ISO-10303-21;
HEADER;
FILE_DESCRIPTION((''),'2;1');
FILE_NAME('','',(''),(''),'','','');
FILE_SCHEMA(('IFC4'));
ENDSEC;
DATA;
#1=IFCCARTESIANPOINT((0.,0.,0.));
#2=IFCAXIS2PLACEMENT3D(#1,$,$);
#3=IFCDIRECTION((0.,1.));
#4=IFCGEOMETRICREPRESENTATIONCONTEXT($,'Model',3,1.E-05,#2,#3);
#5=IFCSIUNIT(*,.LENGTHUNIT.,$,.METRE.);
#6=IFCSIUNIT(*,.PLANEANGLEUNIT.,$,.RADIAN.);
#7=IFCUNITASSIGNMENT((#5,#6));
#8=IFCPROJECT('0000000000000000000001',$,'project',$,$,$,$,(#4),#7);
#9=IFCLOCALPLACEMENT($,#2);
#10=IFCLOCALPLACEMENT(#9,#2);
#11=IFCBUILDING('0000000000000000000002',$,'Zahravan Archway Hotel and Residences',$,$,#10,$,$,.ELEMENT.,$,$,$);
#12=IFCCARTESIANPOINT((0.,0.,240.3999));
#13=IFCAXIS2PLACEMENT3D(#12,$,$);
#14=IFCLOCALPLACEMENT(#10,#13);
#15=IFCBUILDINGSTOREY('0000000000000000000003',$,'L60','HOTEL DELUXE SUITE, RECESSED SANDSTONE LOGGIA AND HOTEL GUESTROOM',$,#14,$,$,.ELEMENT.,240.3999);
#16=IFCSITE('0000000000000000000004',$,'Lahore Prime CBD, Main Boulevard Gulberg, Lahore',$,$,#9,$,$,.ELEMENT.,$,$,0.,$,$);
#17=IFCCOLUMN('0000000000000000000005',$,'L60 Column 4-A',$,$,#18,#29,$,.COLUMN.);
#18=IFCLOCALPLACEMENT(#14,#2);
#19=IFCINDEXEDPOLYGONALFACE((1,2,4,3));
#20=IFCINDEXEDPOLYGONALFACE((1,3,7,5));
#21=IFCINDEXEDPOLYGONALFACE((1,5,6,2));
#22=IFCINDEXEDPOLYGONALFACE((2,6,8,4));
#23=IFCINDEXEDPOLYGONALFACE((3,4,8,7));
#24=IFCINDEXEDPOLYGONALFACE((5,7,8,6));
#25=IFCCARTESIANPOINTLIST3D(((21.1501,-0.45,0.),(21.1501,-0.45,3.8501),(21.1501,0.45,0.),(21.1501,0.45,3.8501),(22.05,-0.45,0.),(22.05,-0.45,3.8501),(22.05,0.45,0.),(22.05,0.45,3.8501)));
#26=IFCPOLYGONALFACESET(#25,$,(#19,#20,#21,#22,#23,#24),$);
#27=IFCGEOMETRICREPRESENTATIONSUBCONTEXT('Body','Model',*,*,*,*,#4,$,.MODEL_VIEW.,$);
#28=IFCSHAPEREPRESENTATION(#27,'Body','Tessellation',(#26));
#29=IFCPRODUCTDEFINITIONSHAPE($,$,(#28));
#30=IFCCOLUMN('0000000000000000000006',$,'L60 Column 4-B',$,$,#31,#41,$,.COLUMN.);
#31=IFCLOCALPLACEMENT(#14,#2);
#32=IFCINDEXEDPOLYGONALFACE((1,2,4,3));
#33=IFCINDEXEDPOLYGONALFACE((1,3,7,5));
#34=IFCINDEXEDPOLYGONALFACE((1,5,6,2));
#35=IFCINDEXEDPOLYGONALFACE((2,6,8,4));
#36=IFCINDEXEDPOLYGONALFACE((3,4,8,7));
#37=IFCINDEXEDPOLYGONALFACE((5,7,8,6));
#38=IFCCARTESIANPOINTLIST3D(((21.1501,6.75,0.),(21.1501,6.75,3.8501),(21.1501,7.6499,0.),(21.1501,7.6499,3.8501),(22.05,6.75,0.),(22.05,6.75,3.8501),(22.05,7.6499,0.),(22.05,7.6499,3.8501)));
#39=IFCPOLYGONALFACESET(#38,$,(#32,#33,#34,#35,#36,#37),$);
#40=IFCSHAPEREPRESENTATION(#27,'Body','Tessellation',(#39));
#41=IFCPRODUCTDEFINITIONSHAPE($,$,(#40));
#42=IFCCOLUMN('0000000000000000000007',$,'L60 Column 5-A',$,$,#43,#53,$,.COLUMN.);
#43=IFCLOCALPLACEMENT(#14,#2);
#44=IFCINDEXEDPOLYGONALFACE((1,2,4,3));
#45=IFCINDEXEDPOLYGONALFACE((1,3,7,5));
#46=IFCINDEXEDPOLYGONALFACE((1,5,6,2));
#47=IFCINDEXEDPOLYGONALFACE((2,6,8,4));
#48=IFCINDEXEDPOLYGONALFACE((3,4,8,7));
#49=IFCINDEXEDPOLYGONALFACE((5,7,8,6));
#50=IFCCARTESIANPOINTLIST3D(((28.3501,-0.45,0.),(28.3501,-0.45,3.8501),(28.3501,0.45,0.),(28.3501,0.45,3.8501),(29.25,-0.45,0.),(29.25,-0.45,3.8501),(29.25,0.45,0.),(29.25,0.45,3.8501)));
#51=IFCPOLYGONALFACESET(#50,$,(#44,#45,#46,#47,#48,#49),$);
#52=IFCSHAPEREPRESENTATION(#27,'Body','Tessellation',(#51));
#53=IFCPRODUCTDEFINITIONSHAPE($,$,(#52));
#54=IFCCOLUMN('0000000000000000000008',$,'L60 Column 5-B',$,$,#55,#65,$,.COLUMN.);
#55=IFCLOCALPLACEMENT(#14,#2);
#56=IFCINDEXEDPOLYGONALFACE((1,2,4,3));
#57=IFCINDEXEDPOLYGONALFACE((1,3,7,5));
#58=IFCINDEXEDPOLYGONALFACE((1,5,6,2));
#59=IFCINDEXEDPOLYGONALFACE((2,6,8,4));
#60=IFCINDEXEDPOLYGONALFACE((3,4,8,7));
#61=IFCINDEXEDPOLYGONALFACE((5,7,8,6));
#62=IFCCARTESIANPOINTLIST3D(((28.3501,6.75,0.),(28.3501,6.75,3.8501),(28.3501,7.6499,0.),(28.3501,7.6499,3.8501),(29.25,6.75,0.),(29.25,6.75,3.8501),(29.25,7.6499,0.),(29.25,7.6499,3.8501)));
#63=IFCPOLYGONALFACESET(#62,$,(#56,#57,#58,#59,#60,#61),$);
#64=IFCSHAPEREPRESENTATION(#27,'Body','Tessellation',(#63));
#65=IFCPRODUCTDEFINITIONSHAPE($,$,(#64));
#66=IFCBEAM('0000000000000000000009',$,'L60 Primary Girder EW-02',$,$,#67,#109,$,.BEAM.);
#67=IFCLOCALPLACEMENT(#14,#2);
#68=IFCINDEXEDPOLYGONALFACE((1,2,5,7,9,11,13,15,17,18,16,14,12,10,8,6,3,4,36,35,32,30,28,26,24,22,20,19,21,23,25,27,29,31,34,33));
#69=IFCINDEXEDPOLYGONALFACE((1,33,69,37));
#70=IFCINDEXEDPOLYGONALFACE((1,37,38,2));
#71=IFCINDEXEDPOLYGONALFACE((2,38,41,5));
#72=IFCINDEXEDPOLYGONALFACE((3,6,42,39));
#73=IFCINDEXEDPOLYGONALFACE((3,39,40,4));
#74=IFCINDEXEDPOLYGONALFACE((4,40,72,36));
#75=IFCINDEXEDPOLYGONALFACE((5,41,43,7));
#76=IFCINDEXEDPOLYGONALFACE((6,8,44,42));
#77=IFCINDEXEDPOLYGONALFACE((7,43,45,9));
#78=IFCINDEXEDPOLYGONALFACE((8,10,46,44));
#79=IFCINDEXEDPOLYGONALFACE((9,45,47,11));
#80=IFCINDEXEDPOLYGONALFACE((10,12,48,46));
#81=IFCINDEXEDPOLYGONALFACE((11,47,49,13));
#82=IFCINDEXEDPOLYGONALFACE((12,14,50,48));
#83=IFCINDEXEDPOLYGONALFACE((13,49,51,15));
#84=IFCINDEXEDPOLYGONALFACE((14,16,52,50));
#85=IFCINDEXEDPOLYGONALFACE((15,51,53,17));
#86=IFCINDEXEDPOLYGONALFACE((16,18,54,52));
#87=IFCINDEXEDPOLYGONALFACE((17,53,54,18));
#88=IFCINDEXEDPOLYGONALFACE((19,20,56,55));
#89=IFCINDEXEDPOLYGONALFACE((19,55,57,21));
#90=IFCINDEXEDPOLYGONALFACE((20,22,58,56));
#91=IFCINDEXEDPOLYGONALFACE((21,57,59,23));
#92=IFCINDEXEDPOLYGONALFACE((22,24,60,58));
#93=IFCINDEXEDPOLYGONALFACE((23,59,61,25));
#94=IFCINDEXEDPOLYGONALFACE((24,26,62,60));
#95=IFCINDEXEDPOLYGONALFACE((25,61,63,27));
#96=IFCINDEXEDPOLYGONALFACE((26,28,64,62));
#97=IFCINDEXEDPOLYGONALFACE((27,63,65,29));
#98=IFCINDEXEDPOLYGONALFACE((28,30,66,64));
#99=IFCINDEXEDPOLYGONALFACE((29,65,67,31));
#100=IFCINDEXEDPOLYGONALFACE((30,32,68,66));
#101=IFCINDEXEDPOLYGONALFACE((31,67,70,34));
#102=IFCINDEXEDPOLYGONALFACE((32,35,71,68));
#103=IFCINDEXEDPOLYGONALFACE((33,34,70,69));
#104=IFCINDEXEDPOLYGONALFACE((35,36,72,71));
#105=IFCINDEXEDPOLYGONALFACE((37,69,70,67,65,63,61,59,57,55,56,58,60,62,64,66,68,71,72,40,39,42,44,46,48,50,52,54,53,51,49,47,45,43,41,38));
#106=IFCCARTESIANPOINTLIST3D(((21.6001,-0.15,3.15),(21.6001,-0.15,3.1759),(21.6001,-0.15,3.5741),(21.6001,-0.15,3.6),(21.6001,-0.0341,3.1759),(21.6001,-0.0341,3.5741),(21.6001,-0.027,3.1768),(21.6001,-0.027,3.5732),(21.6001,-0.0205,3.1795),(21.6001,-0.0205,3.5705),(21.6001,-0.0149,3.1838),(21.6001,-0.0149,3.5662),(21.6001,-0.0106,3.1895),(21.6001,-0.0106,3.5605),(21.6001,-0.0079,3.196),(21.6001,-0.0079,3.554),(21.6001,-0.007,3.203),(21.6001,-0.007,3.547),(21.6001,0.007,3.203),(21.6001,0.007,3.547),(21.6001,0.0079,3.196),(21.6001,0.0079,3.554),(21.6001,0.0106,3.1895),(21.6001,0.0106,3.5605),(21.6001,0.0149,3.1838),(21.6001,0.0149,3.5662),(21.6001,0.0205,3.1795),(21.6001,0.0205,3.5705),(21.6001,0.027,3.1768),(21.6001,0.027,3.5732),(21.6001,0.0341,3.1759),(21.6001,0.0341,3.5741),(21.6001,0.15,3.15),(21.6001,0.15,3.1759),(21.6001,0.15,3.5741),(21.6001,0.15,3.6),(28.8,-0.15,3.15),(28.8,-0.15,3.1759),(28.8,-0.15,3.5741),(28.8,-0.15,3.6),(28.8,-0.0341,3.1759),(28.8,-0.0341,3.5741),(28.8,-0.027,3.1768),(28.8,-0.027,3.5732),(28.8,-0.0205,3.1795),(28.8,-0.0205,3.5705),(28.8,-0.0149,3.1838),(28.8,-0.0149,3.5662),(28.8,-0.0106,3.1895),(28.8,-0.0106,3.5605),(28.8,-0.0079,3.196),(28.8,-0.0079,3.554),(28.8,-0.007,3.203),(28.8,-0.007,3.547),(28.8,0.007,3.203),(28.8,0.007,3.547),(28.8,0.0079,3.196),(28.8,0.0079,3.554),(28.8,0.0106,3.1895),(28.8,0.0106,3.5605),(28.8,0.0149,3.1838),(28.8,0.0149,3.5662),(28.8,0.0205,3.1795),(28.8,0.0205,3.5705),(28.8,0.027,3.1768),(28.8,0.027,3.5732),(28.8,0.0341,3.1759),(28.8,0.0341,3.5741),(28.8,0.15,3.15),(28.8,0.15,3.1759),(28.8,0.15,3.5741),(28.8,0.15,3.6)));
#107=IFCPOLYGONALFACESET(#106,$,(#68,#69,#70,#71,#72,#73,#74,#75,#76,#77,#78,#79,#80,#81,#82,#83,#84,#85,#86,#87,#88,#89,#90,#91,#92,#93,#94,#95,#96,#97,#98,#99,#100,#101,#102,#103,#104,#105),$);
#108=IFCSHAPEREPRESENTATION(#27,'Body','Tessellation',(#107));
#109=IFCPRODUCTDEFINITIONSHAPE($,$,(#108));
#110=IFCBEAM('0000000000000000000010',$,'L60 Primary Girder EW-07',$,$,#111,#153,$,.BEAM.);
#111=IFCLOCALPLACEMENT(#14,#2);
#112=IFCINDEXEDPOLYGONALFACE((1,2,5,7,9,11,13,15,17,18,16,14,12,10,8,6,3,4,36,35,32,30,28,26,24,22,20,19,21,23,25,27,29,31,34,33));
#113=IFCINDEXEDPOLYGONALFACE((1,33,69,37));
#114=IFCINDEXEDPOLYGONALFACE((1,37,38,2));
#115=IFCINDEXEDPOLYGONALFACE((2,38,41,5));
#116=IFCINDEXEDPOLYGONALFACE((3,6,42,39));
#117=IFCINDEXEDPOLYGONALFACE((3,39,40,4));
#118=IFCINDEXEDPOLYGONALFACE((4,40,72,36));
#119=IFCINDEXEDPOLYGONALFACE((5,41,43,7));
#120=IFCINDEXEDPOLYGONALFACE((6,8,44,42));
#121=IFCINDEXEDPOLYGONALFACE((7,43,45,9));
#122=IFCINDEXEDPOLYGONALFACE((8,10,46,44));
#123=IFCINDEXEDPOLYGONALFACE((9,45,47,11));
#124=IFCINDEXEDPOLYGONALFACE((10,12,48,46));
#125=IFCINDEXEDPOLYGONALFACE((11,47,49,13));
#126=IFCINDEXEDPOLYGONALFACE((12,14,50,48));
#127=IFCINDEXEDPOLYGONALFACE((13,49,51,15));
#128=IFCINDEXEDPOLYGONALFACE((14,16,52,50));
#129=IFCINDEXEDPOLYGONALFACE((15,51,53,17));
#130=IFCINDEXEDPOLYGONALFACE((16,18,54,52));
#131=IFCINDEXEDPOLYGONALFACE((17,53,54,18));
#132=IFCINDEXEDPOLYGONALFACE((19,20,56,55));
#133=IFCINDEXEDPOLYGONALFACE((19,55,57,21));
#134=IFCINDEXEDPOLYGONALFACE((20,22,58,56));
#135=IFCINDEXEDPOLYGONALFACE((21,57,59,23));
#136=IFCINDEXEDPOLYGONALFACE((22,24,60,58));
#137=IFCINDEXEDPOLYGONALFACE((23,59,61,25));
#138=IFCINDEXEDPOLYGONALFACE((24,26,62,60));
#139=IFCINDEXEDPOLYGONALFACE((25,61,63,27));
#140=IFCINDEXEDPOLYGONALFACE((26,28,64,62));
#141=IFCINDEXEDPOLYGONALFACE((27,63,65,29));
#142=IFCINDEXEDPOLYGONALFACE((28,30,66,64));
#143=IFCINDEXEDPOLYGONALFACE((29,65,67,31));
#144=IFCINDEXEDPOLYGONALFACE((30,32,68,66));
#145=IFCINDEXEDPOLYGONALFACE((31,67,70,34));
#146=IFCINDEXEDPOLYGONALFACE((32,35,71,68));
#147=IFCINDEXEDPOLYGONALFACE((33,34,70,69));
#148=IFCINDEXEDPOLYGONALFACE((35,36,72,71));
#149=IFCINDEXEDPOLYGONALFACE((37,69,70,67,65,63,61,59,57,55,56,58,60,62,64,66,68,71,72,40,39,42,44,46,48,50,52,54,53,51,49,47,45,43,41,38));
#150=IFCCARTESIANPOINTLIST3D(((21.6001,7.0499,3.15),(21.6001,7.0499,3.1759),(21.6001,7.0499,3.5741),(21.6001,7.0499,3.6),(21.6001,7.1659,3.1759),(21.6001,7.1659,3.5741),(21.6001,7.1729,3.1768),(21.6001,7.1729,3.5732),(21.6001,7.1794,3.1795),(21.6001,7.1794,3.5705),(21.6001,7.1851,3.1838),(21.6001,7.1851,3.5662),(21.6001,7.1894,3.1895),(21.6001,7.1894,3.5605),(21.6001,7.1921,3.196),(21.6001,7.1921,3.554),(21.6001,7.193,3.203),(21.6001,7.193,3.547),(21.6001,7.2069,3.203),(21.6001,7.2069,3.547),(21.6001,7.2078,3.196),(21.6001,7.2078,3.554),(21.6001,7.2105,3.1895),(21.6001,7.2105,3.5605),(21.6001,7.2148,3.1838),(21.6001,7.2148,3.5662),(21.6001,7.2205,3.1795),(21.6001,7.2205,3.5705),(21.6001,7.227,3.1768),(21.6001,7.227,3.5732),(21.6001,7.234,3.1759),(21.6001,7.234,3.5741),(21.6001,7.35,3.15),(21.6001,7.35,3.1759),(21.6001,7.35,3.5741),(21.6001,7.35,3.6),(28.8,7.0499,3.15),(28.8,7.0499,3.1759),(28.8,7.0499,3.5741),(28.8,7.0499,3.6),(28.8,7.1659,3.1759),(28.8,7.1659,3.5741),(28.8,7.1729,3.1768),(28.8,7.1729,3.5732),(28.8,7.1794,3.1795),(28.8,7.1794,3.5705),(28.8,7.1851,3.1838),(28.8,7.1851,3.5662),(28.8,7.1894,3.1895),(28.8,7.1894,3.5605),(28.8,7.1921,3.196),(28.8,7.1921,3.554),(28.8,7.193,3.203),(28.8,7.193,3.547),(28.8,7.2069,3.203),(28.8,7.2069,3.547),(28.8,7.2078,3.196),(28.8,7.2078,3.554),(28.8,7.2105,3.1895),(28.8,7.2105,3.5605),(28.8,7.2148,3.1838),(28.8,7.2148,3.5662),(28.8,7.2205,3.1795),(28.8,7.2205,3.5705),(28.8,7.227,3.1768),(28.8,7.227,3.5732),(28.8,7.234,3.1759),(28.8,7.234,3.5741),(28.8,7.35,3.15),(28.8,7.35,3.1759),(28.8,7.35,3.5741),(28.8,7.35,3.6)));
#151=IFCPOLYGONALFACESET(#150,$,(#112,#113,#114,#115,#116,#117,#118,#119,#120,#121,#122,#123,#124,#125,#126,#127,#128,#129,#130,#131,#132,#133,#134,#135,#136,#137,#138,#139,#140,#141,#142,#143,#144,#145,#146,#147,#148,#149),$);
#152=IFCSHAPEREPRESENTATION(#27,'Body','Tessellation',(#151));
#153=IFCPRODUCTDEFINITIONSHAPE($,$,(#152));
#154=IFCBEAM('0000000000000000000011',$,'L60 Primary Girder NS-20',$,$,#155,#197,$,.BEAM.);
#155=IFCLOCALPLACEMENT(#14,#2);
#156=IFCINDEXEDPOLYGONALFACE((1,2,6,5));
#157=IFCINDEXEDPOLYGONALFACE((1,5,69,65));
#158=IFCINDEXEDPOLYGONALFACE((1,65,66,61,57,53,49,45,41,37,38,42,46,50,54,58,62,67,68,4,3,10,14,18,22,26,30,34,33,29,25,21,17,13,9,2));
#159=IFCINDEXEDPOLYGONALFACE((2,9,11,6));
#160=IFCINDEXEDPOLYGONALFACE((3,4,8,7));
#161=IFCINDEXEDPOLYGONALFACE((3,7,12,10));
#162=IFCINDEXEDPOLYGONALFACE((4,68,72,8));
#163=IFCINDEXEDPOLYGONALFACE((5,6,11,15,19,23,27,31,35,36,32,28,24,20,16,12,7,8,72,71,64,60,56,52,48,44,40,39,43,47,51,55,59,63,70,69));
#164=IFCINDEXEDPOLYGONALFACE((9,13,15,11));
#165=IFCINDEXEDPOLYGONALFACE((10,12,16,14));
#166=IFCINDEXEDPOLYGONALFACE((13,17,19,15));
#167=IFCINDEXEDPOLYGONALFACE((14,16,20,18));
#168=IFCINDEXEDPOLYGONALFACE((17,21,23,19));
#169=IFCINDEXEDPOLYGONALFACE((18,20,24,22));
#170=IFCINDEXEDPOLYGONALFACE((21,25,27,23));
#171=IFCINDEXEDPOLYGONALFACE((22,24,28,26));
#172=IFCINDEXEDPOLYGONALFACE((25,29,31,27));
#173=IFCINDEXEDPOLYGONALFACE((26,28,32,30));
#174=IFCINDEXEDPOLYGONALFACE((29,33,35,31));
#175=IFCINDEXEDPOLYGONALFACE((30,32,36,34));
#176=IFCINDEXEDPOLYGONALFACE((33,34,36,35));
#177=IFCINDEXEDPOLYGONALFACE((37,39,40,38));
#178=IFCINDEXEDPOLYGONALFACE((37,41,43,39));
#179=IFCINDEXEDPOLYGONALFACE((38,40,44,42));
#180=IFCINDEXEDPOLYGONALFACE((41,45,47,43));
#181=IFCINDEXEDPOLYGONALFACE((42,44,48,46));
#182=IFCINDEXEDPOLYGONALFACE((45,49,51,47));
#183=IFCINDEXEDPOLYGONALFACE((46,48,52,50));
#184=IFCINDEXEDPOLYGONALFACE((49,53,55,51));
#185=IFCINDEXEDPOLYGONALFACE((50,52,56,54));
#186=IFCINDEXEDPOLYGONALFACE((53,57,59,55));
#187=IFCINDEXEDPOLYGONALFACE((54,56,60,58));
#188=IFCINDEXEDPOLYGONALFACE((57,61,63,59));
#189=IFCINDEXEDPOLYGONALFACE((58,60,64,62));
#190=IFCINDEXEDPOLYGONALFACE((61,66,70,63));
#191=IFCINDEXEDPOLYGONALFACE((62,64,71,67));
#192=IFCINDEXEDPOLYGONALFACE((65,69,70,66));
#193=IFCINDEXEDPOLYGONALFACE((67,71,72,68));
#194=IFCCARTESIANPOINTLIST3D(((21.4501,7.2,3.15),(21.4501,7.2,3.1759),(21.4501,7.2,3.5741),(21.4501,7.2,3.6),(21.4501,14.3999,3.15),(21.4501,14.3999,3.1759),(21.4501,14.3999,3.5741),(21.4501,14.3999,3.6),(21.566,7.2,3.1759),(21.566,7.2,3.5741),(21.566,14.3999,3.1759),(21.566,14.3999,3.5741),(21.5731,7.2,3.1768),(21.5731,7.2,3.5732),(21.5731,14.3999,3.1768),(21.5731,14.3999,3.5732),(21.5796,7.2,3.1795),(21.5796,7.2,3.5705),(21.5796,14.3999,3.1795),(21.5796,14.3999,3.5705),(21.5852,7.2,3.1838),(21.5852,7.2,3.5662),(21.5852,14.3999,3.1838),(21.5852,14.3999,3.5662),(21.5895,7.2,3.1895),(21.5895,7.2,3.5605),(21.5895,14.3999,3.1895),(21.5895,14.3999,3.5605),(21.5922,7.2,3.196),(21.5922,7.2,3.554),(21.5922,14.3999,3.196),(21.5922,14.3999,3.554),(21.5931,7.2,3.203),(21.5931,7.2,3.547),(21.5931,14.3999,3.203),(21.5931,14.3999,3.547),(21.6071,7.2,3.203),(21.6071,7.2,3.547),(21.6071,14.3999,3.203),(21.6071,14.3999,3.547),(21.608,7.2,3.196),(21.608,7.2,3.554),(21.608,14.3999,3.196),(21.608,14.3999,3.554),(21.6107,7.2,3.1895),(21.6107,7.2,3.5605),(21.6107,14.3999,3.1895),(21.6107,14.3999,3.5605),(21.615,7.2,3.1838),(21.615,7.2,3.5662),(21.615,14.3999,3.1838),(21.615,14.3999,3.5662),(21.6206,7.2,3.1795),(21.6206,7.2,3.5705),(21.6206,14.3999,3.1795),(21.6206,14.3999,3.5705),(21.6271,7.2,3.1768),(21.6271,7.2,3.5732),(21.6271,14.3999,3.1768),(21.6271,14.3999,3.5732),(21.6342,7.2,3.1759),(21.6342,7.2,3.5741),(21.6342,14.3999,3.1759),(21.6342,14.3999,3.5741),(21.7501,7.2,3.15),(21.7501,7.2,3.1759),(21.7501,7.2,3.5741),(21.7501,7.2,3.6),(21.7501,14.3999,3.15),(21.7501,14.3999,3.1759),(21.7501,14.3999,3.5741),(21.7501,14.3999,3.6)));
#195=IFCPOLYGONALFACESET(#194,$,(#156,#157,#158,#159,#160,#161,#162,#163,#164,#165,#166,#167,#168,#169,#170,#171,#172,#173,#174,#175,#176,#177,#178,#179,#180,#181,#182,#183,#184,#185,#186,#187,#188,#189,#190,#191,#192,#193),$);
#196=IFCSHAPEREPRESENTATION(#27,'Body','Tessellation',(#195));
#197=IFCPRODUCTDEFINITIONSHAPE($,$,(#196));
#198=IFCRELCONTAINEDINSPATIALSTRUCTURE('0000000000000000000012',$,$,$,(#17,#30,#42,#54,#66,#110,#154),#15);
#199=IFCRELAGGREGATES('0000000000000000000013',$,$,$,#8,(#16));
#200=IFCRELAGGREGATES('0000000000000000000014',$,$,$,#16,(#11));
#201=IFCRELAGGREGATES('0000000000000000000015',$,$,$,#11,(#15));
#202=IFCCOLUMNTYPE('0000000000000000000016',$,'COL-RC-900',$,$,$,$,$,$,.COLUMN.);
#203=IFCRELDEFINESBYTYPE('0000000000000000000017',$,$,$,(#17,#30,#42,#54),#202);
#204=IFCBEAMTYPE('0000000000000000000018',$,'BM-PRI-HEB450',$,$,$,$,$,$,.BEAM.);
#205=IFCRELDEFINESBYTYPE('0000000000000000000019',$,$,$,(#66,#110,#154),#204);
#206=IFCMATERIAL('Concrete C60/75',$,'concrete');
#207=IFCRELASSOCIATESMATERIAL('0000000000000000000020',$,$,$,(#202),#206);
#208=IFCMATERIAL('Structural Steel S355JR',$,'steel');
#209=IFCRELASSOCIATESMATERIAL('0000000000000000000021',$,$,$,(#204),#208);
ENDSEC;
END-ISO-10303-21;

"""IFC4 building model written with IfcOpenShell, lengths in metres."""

from ifc_helpers import new_model, si_unit, direction, frame, origin, origin_2d, place, context, subcontext, project, spatial, rectangle, i_section, extrude, source, transform, mapped, material, material_profile, profile_set, type_object, type_shapes, element, save


model = new_model("IFC4")

# Units and contexts
model_context = context("Model", 3, precision=1e-05, world=origin(), true_north=direction((0.0, 1.0)))
body_context = subcontext(model_context, "Body", "Model", "MODEL_VIEW")
ifc_project = project(units=[si_unit("LENGTHUNIT", "METRE"), si_unit("PLANEANGLEUNIT", "RADIAN")], contexts=[model_context])

# Site, building, storey
site_placement = place(None, origin())
site = spatial("IfcSite", under=ifc_project, at=site_placement, Name="Lahore Prime CBD, Main Boulevard Gulberg, Lahore", CompositionType="ELEMENT", RefElevation=0.0)
building_placement = place(site_placement, origin())
building = spatial("IfcBuilding", under=site, at=building_placement, Name="Zahravan Archway Hotel and Residences", CompositionType="ELEMENT")
storey_placement = place(building_placement, frame((0.0, 0.0, 240.3999)))
storey = spatial("IfcBuildingStorey", under=building, at=storey_placement, Name="L60", Description="HOTEL DELUXE SUITE, RECESSED SANDSTONE LOGGIA AND HOTEL GUESTROOM", CompositionType="ELEMENT", Elevation=240.3999)

# Columns
ifc_material_1 = material(Name="Concrete C60/75", Category="concrete")
ifc_material_profile_1 = material_profile(ifc_material_1, rectangle(XDim=0.8999, YDim=0.8999, at=origin_2d()), Name="RC-COL-900x900", Category="concrete")
ifc_profile_set_1 = profile_set([ifc_material_profile_1], Name="Concrete C60/75")
column_type = type_object("IfcColumnType", Name="COL-RC-900", PredefinedType="COLUMN", material=ifc_profile_set_1)
shared_shape_1 = source(origin(), body_context, "Body", "SweptSolid", [
    extrude(rectangle(XDim=0.8999, YDim=0.8999, at=origin_2d()), origin(), (0.0, 0.0, 1.0), 3.8501),
])
type_shapes(column_type, [shared_shape_1])
for number, where, z_axis, x_axis, name in (
    (1, (21.6001, 0.0, 0.0), (0.0, 0.0, 1.0), (1.0, 0.0, 0.0), "L60 Column 4-A"),
    (2, (21.6001, 7.2, 0.0), (0.0, 0.0, 1.0), (1.0, 0.0, 0.0), "L60 Column 4-B"),
    (3, (28.8, 0.0, 0.0), (0.0, 0.0, 1.0), (1.0, 0.0, 0.0), "L60 Column 5-A"),
    (4, (28.8, 7.2, 0.0), (0.0, 0.0, 1.0), (1.0, 0.0, 0.0), "L60 Column 5-B"),
):
    element("IfcColumn", number, at=place(storey_placement, frame(where, z_axis=z_axis, x_axis=x_axis)), inside=storey, type_object=column_type, Name=name, PredefinedType="COLUMN", context=body_context, shape_type="MappedRepresentation", body=[
        mapped(shared_shape_1, transform((0.0, 0.0, 0.0), scale=1.0)),
    ])

# Beams
ifc_material_2 = material(Name="Structural Steel S355JR", Category="steel")
ifc_material_profile_2 = material_profile(ifc_material_2, i_section(OverallWidth=0.3, OverallDepth=0.45, WebThickness=0.0139, FlangeThickness=0.0259, FilletRadius=0.0271, at=origin_2d()), Name="HEB 450", Category="steel")
ifc_profile_set_2 = profile_set([ifc_material_profile_2], Name="Structural Steel S355JR")
beam_type_1 = type_object("IfcBeamType", Name="BM-PRI-HEB450", PredefinedType="BEAM", material=ifc_profile_set_2)
shared_shape_2 = source(origin(), body_context, "Body", "SweptSolid", [
    extrude(i_section(OverallWidth=0.3, OverallDepth=0.45, WebThickness=0.0139, FlangeThickness=0.0259, FilletRadius=0.0271, at=origin_2d()), origin(), (0.0, 0.0, 1.0), 7.2),
])
for number, where, z_axis, x_axis, name in (
    (5, (21.6001, 0.0, 3.375), (1.0, 0.0, 0.0), (0.0, 1.0, 0.0), "L60 Primary Girder EW-02"),
    (6, (21.6001, 7.2, 3.375), (1.0, 0.0, 0.0), (0.0, 1.0, 0.0), "L60 Primary Girder EW-07"),
    (7, (21.6001, 7.2, 3.375), (0.0, 1.0, 0.0), (-1.0, 0.0, 0.0), "L60 Primary Girder NS-20"),
):
    element("IfcBeam", number, at=place(storey_placement, frame(where, z_axis=z_axis, x_axis=x_axis)), inside=storey, type_object=beam_type_1, Name=name, PredefinedType="BEAM", context=body_context, shape_type="MappedRepresentation", body=[
        mapped(shared_shape_2, transform((0.0, 0.0, 0.0), scale=1.0)),
    ])

save(model, "model.ifc")
